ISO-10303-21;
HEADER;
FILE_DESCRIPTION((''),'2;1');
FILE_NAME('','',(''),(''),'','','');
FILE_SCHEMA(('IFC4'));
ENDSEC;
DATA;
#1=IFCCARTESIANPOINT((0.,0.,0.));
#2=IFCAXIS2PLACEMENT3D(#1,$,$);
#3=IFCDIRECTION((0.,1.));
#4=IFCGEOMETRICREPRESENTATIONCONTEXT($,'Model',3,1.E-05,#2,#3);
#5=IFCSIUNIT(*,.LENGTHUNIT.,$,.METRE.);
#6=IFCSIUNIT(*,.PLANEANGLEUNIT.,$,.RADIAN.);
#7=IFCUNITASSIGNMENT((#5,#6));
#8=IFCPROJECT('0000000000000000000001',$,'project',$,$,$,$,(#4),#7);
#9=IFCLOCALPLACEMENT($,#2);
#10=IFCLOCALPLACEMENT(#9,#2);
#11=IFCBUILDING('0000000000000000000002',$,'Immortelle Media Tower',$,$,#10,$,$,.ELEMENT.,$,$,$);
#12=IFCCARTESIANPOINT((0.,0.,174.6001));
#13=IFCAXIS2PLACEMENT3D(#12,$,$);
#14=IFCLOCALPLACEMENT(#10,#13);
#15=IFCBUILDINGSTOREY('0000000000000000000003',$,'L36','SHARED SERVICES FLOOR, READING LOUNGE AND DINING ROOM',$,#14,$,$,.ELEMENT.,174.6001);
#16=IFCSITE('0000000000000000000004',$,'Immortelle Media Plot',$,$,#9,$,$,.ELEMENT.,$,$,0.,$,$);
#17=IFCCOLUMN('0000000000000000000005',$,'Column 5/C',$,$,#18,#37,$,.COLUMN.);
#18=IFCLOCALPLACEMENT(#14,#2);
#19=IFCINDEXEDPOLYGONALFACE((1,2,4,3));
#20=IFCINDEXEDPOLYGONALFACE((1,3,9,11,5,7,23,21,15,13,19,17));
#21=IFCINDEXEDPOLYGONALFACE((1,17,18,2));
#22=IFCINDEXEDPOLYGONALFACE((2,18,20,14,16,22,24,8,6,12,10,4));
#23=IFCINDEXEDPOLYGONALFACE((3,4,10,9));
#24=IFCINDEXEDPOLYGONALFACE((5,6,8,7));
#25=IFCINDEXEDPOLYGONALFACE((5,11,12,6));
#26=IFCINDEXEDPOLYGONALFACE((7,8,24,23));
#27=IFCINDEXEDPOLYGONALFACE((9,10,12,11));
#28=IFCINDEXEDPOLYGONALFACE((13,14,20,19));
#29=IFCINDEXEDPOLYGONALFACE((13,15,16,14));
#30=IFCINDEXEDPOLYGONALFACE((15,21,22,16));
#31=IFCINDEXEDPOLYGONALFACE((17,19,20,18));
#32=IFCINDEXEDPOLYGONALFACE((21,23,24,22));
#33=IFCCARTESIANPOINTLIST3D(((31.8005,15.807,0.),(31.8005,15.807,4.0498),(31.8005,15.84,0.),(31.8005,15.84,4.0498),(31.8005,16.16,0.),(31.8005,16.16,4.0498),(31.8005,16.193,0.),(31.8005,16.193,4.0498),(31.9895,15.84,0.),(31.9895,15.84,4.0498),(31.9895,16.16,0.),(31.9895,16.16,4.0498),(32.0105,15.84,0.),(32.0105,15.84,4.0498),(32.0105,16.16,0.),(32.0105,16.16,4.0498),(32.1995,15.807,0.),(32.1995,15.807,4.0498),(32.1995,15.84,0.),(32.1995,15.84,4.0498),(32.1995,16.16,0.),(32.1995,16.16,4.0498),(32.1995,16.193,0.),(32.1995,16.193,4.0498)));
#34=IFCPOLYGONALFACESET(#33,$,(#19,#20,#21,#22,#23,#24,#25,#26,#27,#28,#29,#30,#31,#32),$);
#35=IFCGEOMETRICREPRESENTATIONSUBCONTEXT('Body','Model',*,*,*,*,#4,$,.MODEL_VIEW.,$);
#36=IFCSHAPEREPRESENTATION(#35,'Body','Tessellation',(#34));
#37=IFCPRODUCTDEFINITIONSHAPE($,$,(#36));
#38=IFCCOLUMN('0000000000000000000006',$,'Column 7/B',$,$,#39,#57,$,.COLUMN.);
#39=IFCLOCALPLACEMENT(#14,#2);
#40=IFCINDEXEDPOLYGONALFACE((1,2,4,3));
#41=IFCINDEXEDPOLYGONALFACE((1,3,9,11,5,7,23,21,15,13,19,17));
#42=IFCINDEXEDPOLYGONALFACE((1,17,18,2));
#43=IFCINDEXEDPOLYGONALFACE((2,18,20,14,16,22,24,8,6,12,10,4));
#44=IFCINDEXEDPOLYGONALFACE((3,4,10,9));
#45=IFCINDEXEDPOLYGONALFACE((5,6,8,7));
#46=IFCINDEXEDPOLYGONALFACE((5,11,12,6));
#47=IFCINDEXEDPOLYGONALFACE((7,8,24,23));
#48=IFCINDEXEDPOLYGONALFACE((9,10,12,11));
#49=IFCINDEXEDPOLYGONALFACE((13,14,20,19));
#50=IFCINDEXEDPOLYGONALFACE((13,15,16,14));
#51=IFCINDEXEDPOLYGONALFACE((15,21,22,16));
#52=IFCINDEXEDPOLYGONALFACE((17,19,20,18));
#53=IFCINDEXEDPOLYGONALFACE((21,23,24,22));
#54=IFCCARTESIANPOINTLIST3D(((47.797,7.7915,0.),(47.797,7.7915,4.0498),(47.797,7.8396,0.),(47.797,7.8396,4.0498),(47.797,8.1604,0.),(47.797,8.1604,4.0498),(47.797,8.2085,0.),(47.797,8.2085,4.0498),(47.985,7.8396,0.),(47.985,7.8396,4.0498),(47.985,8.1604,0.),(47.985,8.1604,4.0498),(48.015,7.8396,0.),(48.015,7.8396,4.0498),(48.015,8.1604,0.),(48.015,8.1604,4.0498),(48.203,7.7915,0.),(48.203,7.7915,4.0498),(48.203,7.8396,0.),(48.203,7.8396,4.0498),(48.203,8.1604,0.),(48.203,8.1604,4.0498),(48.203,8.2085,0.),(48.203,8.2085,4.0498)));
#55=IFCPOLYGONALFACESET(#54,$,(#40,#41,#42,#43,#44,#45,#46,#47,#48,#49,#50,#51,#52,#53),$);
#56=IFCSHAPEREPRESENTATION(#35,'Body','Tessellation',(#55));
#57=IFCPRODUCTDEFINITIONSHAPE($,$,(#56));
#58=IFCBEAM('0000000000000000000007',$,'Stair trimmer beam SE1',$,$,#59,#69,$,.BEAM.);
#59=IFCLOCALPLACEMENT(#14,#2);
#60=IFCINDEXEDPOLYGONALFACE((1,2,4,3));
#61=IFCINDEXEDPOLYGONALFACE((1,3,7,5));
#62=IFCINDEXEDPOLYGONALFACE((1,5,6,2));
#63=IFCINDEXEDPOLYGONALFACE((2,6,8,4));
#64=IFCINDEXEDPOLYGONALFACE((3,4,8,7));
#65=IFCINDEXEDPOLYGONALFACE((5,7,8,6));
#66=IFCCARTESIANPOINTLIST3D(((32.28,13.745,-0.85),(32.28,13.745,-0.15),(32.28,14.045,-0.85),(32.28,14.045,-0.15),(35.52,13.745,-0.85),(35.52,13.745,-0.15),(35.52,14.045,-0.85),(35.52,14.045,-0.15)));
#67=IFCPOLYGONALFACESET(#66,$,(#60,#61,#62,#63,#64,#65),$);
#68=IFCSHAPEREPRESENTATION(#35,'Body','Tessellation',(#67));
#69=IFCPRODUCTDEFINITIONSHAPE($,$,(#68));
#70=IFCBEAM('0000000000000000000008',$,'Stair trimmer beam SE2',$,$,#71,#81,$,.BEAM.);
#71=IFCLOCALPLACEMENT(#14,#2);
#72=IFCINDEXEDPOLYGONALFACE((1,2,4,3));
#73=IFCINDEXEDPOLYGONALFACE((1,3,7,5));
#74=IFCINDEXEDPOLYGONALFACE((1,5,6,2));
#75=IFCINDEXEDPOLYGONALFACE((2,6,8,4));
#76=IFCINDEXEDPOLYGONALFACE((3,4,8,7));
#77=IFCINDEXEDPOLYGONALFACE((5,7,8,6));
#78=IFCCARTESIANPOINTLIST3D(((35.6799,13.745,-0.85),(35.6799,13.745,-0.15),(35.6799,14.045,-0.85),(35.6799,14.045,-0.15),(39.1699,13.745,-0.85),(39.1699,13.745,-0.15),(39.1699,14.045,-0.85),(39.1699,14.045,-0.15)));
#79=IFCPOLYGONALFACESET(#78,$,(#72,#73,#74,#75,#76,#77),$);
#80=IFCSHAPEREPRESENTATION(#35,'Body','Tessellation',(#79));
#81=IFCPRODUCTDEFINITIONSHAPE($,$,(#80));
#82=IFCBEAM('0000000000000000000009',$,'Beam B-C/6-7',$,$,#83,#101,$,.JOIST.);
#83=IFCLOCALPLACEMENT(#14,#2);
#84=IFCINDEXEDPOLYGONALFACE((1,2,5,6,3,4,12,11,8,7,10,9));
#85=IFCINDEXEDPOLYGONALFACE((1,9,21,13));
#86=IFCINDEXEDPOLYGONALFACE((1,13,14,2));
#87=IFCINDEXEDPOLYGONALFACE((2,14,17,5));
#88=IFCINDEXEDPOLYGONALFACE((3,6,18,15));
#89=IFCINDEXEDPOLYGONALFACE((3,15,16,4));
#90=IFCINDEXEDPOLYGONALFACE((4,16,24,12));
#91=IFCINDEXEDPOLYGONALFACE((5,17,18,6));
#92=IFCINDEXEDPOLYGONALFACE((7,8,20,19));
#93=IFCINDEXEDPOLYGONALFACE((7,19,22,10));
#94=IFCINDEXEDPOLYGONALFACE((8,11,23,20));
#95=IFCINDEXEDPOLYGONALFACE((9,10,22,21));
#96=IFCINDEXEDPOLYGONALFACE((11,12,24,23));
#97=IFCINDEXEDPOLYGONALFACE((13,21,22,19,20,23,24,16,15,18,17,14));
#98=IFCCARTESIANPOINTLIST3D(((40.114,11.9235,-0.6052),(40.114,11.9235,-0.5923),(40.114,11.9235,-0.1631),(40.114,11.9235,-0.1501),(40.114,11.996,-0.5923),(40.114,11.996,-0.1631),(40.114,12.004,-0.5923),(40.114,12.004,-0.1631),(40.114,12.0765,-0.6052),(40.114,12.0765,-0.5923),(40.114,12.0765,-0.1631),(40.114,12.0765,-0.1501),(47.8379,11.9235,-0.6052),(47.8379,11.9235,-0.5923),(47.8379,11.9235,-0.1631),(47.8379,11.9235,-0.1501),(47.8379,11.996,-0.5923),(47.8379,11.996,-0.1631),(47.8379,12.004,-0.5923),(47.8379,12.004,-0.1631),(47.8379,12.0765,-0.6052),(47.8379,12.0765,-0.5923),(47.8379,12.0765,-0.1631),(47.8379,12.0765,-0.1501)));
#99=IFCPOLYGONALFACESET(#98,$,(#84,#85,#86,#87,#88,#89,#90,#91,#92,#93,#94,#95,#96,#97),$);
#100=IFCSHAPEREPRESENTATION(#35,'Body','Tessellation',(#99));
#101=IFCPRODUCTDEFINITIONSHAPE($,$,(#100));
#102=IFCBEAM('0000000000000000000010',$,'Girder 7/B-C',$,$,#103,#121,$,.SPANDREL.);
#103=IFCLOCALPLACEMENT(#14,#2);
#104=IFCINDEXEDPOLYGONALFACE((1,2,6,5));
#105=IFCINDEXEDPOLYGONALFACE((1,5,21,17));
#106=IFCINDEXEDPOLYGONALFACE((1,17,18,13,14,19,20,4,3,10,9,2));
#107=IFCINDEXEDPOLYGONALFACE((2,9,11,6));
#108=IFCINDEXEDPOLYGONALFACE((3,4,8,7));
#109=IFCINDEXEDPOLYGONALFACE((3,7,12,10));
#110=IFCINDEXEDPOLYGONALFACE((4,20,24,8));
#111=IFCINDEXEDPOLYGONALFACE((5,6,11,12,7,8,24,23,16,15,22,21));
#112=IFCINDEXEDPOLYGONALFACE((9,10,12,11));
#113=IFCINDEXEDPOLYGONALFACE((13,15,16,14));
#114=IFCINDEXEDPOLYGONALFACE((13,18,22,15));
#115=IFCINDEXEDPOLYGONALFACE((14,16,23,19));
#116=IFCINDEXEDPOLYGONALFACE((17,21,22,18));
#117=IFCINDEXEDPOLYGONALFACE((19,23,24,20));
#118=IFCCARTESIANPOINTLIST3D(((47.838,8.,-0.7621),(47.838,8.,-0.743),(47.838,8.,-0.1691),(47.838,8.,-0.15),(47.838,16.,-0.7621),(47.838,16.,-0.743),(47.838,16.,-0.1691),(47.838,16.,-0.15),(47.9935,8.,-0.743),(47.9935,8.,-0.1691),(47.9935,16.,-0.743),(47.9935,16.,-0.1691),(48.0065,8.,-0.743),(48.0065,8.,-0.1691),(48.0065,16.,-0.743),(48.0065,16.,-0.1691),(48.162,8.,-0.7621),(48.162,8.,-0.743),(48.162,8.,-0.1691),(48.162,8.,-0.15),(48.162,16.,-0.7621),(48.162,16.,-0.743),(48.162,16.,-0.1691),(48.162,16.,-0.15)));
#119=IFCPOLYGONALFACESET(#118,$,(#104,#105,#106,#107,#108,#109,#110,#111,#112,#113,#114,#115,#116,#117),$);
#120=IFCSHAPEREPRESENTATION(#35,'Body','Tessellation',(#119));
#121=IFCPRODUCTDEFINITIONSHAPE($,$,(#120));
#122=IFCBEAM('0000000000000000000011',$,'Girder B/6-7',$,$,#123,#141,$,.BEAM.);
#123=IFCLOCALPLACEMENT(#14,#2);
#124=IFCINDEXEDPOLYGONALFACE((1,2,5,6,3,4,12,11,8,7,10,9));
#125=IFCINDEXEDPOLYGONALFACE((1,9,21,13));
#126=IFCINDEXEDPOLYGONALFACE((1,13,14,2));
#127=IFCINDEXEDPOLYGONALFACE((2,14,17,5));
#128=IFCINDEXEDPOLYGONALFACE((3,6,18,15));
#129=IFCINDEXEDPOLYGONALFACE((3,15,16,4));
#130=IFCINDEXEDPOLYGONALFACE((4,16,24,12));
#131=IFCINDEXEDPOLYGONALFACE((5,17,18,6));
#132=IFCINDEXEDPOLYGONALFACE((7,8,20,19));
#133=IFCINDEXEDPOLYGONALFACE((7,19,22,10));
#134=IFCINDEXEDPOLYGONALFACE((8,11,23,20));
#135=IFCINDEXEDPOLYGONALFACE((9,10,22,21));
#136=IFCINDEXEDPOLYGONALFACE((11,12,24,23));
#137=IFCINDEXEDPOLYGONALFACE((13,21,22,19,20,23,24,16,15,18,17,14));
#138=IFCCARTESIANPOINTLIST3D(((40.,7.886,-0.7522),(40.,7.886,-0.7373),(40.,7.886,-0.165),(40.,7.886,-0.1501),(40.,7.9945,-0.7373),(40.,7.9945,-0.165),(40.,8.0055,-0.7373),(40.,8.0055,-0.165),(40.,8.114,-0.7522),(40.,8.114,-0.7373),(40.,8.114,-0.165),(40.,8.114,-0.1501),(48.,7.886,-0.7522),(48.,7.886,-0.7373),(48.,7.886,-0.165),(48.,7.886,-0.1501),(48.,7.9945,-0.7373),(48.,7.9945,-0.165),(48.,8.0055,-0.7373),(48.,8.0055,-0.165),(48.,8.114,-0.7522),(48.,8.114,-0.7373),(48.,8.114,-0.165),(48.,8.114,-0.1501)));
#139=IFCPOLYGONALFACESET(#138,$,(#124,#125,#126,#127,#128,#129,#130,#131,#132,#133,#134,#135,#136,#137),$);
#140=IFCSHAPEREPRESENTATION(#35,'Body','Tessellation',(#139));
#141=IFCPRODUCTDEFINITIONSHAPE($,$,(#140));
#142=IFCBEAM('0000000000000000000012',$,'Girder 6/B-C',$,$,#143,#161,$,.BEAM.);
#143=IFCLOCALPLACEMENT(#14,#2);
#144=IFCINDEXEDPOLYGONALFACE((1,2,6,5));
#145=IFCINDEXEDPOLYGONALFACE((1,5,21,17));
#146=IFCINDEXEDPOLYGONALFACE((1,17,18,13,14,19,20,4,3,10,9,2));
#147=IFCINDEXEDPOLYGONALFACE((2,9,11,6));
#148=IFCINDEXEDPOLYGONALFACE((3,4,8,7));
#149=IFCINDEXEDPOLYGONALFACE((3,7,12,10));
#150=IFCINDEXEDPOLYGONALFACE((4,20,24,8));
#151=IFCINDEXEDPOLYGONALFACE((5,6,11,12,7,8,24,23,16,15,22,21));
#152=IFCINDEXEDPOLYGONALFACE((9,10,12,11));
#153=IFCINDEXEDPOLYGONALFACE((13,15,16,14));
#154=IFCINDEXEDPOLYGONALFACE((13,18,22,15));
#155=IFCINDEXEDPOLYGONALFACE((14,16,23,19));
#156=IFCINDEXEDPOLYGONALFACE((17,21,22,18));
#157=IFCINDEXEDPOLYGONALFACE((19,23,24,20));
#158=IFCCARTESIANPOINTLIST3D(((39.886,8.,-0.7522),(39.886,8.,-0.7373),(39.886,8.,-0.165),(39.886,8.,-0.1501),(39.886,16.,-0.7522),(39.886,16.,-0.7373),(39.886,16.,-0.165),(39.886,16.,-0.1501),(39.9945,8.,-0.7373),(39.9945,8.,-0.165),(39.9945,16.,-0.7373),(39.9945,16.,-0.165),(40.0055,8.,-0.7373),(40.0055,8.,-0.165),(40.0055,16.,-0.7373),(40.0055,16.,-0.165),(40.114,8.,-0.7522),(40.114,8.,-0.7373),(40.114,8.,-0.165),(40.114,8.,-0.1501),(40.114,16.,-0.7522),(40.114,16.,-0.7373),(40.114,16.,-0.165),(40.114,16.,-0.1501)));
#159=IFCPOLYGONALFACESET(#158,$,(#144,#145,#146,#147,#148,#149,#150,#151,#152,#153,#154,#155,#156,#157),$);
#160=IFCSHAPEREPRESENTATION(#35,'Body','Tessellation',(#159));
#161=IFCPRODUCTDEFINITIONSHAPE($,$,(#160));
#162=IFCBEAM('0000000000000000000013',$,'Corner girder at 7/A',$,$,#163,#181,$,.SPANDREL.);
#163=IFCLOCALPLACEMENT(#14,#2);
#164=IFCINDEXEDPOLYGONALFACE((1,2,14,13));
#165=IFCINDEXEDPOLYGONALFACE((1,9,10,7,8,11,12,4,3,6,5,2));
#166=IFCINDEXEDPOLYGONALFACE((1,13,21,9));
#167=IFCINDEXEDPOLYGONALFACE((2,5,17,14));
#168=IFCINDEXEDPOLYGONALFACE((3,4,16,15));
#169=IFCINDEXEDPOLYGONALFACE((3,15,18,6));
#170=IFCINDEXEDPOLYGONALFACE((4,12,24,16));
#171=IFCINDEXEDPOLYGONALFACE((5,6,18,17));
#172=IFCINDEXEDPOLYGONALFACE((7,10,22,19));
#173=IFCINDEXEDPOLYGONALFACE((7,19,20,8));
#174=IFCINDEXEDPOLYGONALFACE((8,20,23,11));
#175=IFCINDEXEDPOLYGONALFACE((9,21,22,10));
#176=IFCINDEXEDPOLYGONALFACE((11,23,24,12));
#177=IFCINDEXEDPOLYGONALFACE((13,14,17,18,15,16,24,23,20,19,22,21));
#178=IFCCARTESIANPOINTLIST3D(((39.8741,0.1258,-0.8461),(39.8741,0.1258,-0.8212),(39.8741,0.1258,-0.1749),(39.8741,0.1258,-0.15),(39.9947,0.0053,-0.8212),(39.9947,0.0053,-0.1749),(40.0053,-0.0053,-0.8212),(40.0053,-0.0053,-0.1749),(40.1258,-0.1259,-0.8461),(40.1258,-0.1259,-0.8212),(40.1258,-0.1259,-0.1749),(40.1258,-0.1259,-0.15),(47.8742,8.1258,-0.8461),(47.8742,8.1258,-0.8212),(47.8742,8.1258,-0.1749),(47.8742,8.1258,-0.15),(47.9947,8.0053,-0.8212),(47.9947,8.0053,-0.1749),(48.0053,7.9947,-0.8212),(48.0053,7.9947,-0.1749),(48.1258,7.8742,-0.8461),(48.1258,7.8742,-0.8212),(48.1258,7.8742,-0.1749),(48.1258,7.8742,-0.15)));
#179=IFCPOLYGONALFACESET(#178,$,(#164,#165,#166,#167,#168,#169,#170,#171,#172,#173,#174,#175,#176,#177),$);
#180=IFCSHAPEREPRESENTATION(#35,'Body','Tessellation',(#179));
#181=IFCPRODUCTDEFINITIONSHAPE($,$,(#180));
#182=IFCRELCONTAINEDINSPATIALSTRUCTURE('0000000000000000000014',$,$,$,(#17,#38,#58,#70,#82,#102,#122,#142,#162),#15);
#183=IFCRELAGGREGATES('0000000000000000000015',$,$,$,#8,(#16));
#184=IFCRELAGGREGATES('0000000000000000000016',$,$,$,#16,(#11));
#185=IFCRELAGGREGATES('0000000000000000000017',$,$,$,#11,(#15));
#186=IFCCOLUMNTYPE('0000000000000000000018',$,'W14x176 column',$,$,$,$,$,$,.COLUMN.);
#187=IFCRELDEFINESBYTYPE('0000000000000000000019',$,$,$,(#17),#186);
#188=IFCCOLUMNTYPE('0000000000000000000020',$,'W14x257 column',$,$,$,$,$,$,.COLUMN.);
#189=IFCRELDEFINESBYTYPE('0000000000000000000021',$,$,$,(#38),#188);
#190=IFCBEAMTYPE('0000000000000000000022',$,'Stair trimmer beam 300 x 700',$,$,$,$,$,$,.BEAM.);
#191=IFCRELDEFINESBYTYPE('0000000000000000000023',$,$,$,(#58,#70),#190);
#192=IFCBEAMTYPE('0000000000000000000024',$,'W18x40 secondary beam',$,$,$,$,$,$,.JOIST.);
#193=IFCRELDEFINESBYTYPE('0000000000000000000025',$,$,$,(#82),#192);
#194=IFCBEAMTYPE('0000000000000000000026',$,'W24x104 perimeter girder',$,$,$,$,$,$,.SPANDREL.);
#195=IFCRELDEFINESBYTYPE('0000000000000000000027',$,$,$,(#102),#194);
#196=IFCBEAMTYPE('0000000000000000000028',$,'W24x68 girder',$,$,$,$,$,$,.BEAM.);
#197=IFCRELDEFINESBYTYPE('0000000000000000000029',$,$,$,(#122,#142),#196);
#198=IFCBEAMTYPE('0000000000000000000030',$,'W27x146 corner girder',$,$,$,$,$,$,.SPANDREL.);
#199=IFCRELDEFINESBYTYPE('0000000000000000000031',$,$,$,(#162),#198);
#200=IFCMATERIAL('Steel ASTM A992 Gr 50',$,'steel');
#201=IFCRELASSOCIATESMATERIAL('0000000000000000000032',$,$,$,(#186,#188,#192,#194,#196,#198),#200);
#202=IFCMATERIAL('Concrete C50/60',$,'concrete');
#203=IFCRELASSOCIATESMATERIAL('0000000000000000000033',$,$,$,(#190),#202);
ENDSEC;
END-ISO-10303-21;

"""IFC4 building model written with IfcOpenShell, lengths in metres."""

from ifc_helpers import new_model, si_unit, direction, frame, origin, origin_2d, place, context, subcontext, project, spatial, rectangle, i_section, extrude, material, material_profile, profile_set, type_object, element, save


model = new_model("IFC4")

# Units and contexts
model_context = context("Model", 3, precision=1e-05, world=origin(), true_north=direction((0.0, 1.0)))
body_context = subcontext(model_context, "Body", "Model", "MODEL_VIEW")
ifc_project = project(units=[si_unit("LENGTHUNIT", "METRE"), si_unit("PLANEANGLEUNIT", "RADIAN")], contexts=[model_context])

# Site, building, storey
site_placement = place(None, origin())
site = spatial("IfcSite", under=ifc_project, at=site_placement, Name="Immortelle Media Plot", CompositionType="ELEMENT", RefElevation=0.0)
building_placement = place(site_placement, origin())
building = spatial("IfcBuilding", under=site, at=building_placement, Name="Immortelle Media Tower", CompositionType="ELEMENT")
storey_placement = place(building_placement, frame((0.0, 0.0, 174.6001)))
storey = spatial("IfcBuildingStorey", under=building, at=storey_placement, Name="L36", Description="SHARED SERVICES FLOOR, READING LOUNGE AND DINING ROOM", CompositionType="ELEMENT", Elevation=174.6001)

# Columns
ifc_material_1 = material(Name="Steel ASTM A992 Gr 50", Category="steel")
ifc_material_profile_1 = material_profile(ifc_material_1, i_section(OverallWidth=0.3989, OverallDepth=0.386, WebThickness=0.021, FlangeThickness=0.033, at=origin_2d()), Name="W14x176")
ifc_profile_set_1 = profile_set([ifc_material_profile_1], Name="Steel ASTM A992 Gr 50")
column_type_1 = type_object("IfcColumnType", Name="W14x176 column", PredefinedType="COLUMN", material=ifc_profile_set_1)
column_1_placement = place(storey_placement, frame((32.0, 16.0, 0.0), z_axis=(0.0, 0.0, 1.0), x_axis=(1.0, 0.0, 0.0)))
element("IfcColumn", 1, at=column_1_placement, inside=storey, type_object=column_type_1, Name="Column 5/C", PredefinedType="COLUMN", context=body_context, shape_type="SweptSolid", body=[
    extrude(i_section(OverallWidth=0.3989, OverallDepth=0.386, WebThickness=0.021, FlangeThickness=0.033, at=origin_2d()), origin(), (0.0, 0.0, 1.0), 4.0498),
])
ifc_material_profile_2 = material_profile(ifc_material_1, i_section(OverallWidth=0.406, OverallDepth=0.417, WebThickness=0.03, FlangeThickness=0.0481, at=origin_2d()), Name="W14x257")
ifc_profile_set_2 = profile_set([ifc_material_profile_2], Name="Steel ASTM A992 Gr 50")
column_type_2 = type_object("IfcColumnType", Name="W14x257 column", PredefinedType="COLUMN", material=ifc_profile_set_2)
column_2_placement = place(storey_placement, frame((48.0, 8.0, 0.0), z_axis=(0.0, 0.0, 1.0), x_axis=(1.0, 0.0, 0.0)))
element("IfcColumn", 2, at=column_2_placement, inside=storey, type_object=column_type_2, Name="Column 7/B", PredefinedType="COLUMN", context=body_context, shape_type="SweptSolid", body=[
    extrude(i_section(OverallWidth=0.406, OverallDepth=0.417, WebThickness=0.03, FlangeThickness=0.0481, at=origin_2d()), origin(), (0.0, 0.0, 1.0), 4.0498),
])

# Beams
ifc_material_2 = material(Name="Concrete C50/60", Category="concrete")
ifc_material_profile_3 = material_profile(ifc_material_2, rectangle(XDim=0.3, YDim=0.7, at=origin_2d()), Name="RC 300x700")
ifc_profile_set_3 = profile_set([ifc_material_profile_3], Name="Concrete C50/60")
beam_type_1 = type_object("IfcBeamType", Name="Stair trimmer beam 300 x 700", PredefinedType="BEAM", material=ifc_profile_set_3)
beam_1_placement = place(storey_placement, frame((32.28, 13.895, -0.5), z_axis=(1.0, 0.0, 0.0), x_axis=(0.0, 1.0, 0.0)))
element("IfcBeam", 3, at=beam_1_placement, inside=storey, type_object=beam_type_1, Name="Stair trimmer beam SE1", PredefinedType="BEAM", context=body_context, shape_type="SweptSolid", body=[
    extrude(rectangle(XDim=0.3, YDim=0.7, at=origin_2d()), origin(), (0.0, 0.0, 1.0), 3.24),
])
beam_2_placement = place(storey_placement, frame((35.6799, 13.895, -0.5), z_axis=(1.0, 0.0, 0.0), x_axis=(0.0, 1.0, 0.0)))
element("IfcBeam", 4, at=beam_2_placement, inside=storey, type_object=beam_type_1, Name="Stair trimmer beam SE2", PredefinedType="BEAM", context=body_context, shape_type="SweptSolid", body=[
    extrude(rectangle(XDim=0.3, YDim=0.7, at=origin_2d()), origin(), (0.0, 0.0, 1.0), 3.49),
])
ifc_material_profile_4 = material_profile(ifc_material_1, i_section(OverallWidth=0.1531, OverallDepth=0.4551, WebThickness=0.0081, FlangeThickness=0.0129, at=origin_2d()), Name="W18x40")
ifc_profile_set_4 = profile_set([ifc_material_profile_4], Name="Steel ASTM A992 Gr 50")
beam_type_2 = type_object("IfcBeamType", Name="W18x40 secondary beam", PredefinedType="JOIST", material=ifc_profile_set_4)
beam_3_placement = place(storey_placement, frame((40.114, 12.0, -0.3777), z_axis=(1.0, 0.0, 0.0), x_axis=(0.0, 1.0, 0.0)))
element("IfcBeam", 5, at=beam_3_placement, inside=storey, type_object=beam_type_2, Name="Beam B-C/6-7", PredefinedType="JOIST", context=body_context, shape_type="SweptSolid", body=[
    extrude(i_section(OverallWidth=0.1531, OverallDepth=0.4551, WebThickness=0.0081, FlangeThickness=0.0129, at=origin_2d()), origin(), (0.0, 0.0, 1.0), 7.7239),
])
ifc_material_profile_5 = material_profile(ifc_material_1, i_section(OverallWidth=0.324, OverallDepth=0.6121, WebThickness=0.0129, FlangeThickness=0.019, at=origin_2d()), Name="W24x104")
ifc_profile_set_5 = profile_set([ifc_material_profile_5], Name="Steel ASTM A992 Gr 50")
beam_type_3 = type_object("IfcBeamType", Name="W24x104 perimeter girder", PredefinedType="SPANDREL", material=ifc_profile_set_5)
beam_4_placement = place(storey_placement, frame((48.0, 8.0, -0.4561), z_axis=(0.0, 1.0, 0.0), x_axis=(-1.0, 0.0, 0.0)))
element("IfcBeam", 6, at=beam_4_placement, inside=storey, type_object=beam_type_3, Name="Girder 7/B-C", PredefinedType="SPANDREL", context=body_context, shape_type="SweptSolid", body=[
    extrude(i_section(OverallWidth=0.324, OverallDepth=0.6121, WebThickness=0.0129, FlangeThickness=0.019, at=origin_2d()), origin(), (0.0, 0.0, 1.0), 8.0),
])
ifc_material_profile_6 = material_profile(ifc_material_1, i_section(OverallWidth=0.228, OverallDepth=0.6021, WebThickness=0.011, FlangeThickness=0.0149, at=origin_2d()), Name="W24x68")
ifc_profile_set_6 = profile_set([ifc_material_profile_6], Name="Steel ASTM A992 Gr 50")
beam_type_4 = type_object("IfcBeamType", Name="W24x68 girder", PredefinedType="BEAM", material=ifc_profile_set_6)
for number, where, z_axis, x_axis, name in (
    (7, (40.0, 8.0, -0.4512), (1.0, 0.0, 0.0), (0.0, 1.0, 0.0), "Girder B/6-7"),
    (8, (40.0, 8.0, -0.4512), (0.0, 1.0, 0.0), (-1.0, 0.0, 0.0), "Girder 6/B-C"),
):
    element("IfcBeam", number, at=place(storey_placement, frame(where, z_axis=z_axis, x_axis=x_axis)), inside=storey, type_object=beam_type_4, Name=name, PredefinedType="BEAM", context=body_context, shape_type="SweptSolid", body=[
        extrude(i_section(OverallWidth=0.228, OverallDepth=0.6021, WebThickness=0.011, FlangeThickness=0.0149, at=origin_2d()), origin(), (0.0, 0.0, 1.0), 8.0),
    ])
ifc_material_profile_7 = material_profile(ifc_material_1, i_section(OverallWidth=0.356, OverallDepth=0.696, WebThickness=0.0149, FlangeThickness=0.0249, at=origin_2d()), Name="W27x146")
ifc_profile_set_7 = profile_set([ifc_material_profile_7], Name="Steel ASTM A992 Gr 50")
beam_type_5 = type_object("IfcBeamType", Name="W27x146 corner girder", PredefinedType="SPANDREL", material=ifc_profile_set_7)
beam_5_placement = place(storey_placement, frame((48.0, 8.0, -0.498), z_axis=(-0.707107, -0.707107, 0.0), x_axis=(0.707107, -0.707107, 0.0)))
element("IfcBeam", 9, at=beam_5_placement, inside=storey, type_object=beam_type_5, Name="Corner girder at 7/A", PredefinedType="SPANDREL", context=body_context, shape_type="SweptSolid", body=[
    extrude(i_section(OverallWidth=0.356, OverallDepth=0.696, WebThickness=0.0149, FlangeThickness=0.0249, at=origin_2d()), origin(), (0.0, 0.0, 1.0), 11.3137),
])

save(model, "model.ifc")
